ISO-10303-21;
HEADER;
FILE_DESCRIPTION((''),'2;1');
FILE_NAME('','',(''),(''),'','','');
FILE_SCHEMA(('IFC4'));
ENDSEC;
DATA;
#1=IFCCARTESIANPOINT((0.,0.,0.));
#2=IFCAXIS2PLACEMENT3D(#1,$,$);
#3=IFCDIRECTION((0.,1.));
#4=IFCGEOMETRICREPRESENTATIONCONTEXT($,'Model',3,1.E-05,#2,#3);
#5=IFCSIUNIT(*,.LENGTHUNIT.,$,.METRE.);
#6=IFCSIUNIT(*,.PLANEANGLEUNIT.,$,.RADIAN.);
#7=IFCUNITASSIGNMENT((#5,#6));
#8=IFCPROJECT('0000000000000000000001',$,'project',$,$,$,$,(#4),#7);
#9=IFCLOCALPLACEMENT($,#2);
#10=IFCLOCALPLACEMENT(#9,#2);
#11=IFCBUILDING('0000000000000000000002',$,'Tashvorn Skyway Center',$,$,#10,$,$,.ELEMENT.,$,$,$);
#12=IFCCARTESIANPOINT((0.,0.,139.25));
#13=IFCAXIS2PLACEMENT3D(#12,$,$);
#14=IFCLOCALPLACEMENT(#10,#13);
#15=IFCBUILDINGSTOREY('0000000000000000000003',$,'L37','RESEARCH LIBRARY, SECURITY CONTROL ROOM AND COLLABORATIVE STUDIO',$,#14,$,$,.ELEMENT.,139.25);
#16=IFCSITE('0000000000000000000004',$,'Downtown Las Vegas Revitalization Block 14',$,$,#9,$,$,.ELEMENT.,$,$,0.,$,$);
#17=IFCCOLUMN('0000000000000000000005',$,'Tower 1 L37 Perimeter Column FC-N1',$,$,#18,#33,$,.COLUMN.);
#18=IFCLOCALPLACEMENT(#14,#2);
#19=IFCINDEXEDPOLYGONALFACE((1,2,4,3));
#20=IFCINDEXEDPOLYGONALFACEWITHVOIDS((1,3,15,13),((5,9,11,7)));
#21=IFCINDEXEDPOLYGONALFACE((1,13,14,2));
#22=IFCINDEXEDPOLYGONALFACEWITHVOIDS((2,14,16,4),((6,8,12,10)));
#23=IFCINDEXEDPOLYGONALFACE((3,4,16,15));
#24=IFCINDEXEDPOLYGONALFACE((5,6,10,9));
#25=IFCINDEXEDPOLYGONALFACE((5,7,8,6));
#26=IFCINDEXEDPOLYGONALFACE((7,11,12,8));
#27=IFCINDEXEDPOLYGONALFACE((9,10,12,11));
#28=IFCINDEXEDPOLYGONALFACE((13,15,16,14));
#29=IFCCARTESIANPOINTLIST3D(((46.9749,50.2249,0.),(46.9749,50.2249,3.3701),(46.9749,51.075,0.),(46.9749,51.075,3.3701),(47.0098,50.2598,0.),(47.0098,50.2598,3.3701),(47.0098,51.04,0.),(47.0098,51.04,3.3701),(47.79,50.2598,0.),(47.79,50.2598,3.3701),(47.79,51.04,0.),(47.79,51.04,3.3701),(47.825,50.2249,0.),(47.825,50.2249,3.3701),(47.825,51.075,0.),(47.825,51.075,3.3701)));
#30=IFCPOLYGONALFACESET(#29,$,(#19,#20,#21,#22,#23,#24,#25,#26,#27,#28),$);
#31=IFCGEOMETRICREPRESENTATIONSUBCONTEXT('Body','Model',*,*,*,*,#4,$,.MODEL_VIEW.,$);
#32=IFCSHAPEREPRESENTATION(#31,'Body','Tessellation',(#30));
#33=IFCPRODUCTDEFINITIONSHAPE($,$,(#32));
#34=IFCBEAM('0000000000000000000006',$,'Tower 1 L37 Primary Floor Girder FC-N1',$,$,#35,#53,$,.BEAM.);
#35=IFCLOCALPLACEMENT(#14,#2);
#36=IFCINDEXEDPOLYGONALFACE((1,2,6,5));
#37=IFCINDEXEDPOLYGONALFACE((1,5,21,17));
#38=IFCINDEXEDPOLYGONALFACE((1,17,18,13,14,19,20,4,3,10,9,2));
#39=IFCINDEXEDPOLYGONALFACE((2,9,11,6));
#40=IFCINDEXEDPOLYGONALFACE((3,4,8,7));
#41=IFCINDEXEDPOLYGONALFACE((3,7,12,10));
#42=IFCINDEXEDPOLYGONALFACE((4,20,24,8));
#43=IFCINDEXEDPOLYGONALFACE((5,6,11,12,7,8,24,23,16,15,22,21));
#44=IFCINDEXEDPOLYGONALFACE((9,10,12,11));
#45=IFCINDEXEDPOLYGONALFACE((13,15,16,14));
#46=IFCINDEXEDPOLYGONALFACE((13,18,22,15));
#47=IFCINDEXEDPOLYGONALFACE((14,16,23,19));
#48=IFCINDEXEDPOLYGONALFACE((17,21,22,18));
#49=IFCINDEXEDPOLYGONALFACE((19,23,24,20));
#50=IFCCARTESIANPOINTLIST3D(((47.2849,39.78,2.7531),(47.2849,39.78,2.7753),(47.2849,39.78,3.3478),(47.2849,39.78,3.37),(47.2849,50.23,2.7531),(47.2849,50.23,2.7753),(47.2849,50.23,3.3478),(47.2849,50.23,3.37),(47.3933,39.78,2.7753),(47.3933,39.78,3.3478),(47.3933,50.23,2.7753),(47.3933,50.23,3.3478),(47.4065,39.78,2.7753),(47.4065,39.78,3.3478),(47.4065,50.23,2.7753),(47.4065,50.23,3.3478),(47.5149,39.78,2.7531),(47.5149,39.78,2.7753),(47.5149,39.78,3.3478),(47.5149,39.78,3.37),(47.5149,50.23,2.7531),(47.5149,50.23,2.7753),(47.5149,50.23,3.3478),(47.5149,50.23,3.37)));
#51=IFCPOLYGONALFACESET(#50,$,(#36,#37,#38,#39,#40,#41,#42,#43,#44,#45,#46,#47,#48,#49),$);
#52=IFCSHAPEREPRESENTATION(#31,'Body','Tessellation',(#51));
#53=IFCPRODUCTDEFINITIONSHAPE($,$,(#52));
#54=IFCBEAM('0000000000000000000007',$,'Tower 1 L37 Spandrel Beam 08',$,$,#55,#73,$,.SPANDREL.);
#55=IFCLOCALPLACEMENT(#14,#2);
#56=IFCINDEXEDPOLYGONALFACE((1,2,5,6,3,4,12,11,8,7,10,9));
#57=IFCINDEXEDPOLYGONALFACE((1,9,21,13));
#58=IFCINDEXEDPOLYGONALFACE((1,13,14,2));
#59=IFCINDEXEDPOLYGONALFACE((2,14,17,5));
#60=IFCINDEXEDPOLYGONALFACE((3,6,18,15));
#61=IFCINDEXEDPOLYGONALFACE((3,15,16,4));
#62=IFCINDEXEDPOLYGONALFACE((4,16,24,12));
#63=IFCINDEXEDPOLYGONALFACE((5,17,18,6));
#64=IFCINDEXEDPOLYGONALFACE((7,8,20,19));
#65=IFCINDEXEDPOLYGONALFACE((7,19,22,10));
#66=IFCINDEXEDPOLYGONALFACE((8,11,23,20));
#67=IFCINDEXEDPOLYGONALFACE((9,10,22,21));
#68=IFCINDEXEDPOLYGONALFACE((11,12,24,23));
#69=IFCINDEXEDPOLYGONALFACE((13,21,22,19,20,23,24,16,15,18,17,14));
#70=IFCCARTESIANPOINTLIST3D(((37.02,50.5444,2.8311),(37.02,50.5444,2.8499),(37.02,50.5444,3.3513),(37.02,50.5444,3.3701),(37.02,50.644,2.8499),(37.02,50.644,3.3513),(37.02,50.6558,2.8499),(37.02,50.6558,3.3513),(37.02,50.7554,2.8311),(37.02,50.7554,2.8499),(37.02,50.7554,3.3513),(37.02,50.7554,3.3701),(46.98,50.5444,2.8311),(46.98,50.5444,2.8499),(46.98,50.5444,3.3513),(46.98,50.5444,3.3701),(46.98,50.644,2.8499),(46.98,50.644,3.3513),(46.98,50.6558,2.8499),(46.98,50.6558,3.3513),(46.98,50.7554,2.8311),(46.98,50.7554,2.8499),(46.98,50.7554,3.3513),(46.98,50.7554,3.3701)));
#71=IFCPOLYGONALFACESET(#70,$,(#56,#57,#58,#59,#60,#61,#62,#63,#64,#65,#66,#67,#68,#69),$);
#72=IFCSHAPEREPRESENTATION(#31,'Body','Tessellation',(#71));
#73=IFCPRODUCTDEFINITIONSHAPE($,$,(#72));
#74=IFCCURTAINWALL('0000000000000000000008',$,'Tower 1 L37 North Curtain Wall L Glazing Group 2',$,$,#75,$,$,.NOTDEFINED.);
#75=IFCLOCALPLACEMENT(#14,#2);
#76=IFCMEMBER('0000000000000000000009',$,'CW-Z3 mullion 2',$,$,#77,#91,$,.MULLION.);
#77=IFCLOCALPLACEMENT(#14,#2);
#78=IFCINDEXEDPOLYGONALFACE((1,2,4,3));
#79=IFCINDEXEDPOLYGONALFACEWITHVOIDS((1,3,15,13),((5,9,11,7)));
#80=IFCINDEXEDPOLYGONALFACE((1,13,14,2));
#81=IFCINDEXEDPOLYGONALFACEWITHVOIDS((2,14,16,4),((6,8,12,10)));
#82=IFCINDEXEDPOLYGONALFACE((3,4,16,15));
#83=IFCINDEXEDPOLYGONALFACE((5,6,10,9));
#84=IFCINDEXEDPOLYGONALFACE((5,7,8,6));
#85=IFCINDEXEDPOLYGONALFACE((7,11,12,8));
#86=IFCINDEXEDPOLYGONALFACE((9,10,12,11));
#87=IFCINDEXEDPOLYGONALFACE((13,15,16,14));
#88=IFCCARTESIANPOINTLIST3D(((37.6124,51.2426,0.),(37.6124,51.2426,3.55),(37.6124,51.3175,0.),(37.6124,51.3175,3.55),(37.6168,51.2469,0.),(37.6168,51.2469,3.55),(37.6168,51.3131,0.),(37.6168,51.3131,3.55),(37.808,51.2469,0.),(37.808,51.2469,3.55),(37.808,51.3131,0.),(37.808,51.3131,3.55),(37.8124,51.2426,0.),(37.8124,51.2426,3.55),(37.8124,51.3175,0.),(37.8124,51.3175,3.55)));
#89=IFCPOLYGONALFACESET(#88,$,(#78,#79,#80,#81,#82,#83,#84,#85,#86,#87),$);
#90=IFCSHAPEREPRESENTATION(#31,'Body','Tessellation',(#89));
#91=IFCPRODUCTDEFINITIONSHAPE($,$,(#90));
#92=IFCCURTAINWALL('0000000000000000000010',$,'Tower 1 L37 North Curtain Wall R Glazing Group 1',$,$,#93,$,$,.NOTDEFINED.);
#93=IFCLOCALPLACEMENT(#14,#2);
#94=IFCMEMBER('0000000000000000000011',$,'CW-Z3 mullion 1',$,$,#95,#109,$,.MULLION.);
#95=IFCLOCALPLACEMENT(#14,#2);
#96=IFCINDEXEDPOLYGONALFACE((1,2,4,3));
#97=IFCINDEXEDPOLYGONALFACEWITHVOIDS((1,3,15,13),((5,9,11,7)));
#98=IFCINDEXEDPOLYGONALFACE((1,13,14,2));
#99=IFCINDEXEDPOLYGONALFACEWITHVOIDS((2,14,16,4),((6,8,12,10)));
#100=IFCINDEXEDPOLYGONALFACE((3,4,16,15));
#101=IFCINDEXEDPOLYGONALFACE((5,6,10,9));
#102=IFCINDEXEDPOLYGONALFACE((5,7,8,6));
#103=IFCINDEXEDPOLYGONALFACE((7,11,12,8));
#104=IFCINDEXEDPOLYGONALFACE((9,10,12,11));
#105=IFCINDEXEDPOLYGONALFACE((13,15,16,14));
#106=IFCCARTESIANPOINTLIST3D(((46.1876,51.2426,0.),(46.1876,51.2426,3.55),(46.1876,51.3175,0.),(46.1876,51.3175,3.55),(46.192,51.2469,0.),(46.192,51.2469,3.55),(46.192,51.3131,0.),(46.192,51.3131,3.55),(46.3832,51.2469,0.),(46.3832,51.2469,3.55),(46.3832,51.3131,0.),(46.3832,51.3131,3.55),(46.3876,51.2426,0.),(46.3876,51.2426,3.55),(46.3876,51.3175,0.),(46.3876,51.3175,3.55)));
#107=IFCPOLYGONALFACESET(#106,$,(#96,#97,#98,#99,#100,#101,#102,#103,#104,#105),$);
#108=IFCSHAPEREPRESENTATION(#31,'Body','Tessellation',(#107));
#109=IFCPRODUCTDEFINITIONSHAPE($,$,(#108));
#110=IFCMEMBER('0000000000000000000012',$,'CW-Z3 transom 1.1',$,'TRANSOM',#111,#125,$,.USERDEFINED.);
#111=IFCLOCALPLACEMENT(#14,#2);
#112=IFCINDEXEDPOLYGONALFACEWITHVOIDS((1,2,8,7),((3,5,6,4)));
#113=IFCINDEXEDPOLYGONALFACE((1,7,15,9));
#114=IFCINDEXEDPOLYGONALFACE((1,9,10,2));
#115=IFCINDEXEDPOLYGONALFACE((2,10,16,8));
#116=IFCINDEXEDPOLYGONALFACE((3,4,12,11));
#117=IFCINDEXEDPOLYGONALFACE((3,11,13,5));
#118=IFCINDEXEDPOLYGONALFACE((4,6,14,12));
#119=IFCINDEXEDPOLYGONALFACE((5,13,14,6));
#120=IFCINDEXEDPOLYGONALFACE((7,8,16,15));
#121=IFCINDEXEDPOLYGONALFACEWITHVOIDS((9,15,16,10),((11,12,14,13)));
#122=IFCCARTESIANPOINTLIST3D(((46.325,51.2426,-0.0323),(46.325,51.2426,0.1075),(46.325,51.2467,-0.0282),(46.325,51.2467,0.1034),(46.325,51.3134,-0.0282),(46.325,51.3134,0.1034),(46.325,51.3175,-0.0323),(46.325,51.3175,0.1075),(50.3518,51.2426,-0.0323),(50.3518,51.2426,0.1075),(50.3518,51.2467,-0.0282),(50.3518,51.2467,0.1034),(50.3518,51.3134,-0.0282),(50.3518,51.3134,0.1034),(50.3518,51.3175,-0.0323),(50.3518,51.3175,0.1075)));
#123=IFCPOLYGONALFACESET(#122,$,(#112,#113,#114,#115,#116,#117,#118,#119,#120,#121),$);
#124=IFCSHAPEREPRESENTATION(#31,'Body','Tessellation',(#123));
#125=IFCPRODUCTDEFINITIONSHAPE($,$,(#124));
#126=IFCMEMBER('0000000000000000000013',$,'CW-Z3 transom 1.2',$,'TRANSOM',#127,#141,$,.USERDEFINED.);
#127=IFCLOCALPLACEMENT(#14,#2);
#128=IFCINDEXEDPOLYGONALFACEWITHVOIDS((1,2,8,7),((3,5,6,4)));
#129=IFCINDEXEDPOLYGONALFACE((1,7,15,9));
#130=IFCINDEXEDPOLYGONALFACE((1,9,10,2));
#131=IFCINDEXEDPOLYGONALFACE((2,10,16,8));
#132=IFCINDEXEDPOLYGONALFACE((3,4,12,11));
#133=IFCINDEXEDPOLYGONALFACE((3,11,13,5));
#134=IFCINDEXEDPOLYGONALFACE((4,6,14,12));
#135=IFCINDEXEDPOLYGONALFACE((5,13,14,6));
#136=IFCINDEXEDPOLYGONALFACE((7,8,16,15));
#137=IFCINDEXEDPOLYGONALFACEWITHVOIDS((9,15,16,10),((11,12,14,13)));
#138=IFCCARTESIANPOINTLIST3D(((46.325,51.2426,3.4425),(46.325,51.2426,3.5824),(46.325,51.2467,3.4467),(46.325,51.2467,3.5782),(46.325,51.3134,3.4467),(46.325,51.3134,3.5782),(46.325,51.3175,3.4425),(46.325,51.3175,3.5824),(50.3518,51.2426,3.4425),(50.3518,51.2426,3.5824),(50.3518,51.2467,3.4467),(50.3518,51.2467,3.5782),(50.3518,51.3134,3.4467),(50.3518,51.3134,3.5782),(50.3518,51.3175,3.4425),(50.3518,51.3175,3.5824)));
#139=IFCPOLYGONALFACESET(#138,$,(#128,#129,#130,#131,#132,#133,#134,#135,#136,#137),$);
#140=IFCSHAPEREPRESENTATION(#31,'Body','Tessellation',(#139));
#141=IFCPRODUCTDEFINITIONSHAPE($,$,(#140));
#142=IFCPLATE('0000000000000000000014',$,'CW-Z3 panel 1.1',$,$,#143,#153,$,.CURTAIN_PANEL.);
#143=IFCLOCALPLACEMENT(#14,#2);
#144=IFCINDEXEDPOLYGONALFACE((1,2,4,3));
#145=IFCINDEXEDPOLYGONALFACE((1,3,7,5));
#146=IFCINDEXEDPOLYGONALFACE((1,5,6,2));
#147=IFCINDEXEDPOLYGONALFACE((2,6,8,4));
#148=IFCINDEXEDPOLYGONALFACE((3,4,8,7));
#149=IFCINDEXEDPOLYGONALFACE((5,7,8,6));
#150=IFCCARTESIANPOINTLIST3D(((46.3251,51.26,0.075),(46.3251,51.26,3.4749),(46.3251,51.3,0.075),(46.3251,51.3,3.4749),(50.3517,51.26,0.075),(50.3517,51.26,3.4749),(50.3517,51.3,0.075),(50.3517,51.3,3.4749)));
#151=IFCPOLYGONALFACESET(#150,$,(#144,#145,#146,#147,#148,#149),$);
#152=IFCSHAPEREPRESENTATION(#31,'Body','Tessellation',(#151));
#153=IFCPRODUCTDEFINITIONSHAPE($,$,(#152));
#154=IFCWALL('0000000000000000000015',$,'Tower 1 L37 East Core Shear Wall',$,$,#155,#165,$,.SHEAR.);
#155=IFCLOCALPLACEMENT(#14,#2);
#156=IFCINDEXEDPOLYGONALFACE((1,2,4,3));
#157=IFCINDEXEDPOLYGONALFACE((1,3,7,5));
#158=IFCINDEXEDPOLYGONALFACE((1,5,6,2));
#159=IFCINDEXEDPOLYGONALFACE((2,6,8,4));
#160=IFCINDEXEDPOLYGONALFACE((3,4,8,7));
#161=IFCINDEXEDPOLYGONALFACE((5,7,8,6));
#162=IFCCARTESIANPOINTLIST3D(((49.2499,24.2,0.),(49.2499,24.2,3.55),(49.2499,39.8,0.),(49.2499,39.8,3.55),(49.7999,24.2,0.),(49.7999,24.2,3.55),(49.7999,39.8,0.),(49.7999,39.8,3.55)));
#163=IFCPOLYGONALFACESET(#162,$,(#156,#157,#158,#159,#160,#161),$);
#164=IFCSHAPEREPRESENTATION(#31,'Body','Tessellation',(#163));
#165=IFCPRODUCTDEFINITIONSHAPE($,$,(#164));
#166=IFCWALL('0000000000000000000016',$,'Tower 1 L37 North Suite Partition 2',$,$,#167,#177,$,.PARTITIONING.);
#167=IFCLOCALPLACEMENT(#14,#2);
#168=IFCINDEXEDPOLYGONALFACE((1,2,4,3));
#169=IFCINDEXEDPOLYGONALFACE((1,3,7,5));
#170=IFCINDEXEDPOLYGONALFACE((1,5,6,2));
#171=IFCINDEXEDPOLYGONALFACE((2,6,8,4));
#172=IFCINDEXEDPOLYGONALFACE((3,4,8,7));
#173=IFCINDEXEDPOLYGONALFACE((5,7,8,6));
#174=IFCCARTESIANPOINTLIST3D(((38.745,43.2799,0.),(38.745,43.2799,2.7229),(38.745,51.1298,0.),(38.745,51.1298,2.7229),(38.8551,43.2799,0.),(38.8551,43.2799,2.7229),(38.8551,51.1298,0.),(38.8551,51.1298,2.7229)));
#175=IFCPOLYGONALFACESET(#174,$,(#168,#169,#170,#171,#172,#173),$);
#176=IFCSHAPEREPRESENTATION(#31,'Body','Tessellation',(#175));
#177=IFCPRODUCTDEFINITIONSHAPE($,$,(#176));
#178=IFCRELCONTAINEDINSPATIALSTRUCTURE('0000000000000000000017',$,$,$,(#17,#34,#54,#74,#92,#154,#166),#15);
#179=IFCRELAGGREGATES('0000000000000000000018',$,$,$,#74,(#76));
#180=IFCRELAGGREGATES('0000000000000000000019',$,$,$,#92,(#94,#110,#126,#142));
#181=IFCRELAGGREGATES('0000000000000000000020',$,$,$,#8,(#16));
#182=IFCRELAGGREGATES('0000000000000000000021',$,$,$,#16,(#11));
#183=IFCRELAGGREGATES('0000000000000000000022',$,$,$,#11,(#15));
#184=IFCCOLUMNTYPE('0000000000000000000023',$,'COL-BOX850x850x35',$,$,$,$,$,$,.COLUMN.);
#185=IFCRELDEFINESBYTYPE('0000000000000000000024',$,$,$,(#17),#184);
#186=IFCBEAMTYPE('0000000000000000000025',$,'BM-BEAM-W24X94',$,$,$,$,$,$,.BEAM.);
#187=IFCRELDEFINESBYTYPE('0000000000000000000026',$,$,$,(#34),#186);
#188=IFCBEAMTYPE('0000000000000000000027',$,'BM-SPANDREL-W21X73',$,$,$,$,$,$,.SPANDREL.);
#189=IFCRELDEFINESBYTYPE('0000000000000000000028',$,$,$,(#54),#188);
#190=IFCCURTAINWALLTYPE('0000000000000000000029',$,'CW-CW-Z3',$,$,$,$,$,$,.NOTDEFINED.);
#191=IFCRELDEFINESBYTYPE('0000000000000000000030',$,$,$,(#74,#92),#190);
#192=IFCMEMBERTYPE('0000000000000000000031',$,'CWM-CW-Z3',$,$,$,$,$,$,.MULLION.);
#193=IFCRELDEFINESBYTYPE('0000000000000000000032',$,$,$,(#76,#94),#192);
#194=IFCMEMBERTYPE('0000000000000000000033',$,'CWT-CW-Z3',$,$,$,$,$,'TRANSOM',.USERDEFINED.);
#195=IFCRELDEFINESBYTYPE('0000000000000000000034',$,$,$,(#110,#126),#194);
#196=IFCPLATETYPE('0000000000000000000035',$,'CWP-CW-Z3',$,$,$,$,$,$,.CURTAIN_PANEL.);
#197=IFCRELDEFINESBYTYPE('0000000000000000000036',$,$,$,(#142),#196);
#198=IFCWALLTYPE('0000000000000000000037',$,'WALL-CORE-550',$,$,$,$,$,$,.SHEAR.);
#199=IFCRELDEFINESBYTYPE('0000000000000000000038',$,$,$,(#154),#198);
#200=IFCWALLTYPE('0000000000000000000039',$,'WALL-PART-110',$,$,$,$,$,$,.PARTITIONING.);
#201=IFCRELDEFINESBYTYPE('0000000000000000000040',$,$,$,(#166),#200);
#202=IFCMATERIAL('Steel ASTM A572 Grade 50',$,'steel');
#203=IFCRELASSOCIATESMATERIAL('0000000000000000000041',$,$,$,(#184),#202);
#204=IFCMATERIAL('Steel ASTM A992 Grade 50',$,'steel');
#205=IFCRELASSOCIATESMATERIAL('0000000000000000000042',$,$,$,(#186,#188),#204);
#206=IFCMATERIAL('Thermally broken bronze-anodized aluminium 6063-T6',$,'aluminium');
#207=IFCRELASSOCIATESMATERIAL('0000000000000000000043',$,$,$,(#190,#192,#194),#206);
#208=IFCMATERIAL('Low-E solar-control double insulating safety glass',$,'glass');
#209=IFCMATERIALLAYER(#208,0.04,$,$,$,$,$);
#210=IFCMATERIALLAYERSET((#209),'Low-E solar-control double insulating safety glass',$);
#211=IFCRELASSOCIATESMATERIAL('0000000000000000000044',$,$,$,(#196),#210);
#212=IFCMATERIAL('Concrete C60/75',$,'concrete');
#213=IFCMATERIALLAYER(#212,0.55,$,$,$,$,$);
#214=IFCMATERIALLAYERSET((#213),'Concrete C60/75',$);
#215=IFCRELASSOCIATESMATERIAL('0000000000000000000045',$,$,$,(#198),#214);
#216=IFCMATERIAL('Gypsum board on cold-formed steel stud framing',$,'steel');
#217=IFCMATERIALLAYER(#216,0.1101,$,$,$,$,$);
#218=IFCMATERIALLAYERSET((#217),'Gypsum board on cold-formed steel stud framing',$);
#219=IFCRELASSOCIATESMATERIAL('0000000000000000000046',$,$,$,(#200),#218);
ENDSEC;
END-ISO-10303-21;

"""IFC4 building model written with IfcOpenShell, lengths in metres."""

from ifc_helpers import new_model, si_unit, direction, frame, frame_2d, origin, origin_2d, place, context, subcontext, project, spatial, rectangle, hollow_rectangle, i_section, extrude, material, layer, layer_set, material_profile, profile_set, type_object, element, aggregate, save


model = new_model("IFC4")

# Units and contexts
model_context = context("Model", 3, precision=1e-05, world=origin(), true_north=direction((0.0, 1.0)))
body_context = subcontext(model_context, "Body", "Model", "MODEL_VIEW")
ifc_project = project(units=[si_unit("LENGTHUNIT", "METRE"), si_unit("PLANEANGLEUNIT", "RADIAN")], contexts=[model_context])

# Site, building, storey
site_placement = place(None, origin())
site = spatial("IfcSite", under=ifc_project, at=site_placement, Name="Downtown Las Vegas Revitalization Block 14", CompositionType="ELEMENT", RefElevation=0.0)
building_placement = place(site_placement, origin())
building = spatial("IfcBuilding", under=site, at=building_placement, Name="Tashvorn Skyway Center", CompositionType="ELEMENT")
storey_placement = place(building_placement, frame((0.0, 0.0, 139.25)))
storey = spatial("IfcBuildingStorey", under=building, at=storey_placement, Name="L37", Description="RESEARCH LIBRARY, SECURITY CONTROL ROOM AND COLLABORATIVE STUDIO", CompositionType="ELEMENT", Elevation=139.25)

# Column
ifc_material_1 = material(Name="Steel ASTM A572 Grade 50", Category="steel")
ifc_material_profile_1 = material_profile(ifc_material_1, hollow_rectangle(XDim=0.8501, YDim=0.8501, WallThickness=0.0349, at=origin_2d()), Name="BOX850x850x35")
ifc_profile_set_1 = profile_set([ifc_material_profile_1], Name="Steel ASTM A572 Grade 50")
column_type = type_object("IfcColumnType", Name="COL-BOX850x850x35", PredefinedType="COLUMN", material=ifc_profile_set_1)
column_placement = place(storey_placement, frame((47.3999, 50.6499, 0.0), z_axis=(0.0, 0.0, 1.0), x_axis=(1.0, 0.0, 0.0)))
element("IfcColumn", 1, at=column_placement, inside=storey, type_object=column_type, Name="Tower 1 L37 Perimeter Column FC-N1", PredefinedType="COLUMN", context=body_context, shape_type="SweptSolid", body=[
    extrude(hollow_rectangle(XDim=0.8501, YDim=0.8501, WallThickness=0.0349, at=origin_2d()), origin(), (0.0, 0.0, 1.0), 3.3701),
])

# Beams
ifc_material_2 = material(Name="Steel ASTM A992 Grade 50", Category="steel")
ifc_material_profile_2 = material_profile(ifc_material_2, i_section(OverallWidth=0.23, OverallDepth=0.6169, WebThickness=0.0132, FlangeThickness=0.0222, at=origin_2d()), Name="W24X94")
ifc_profile_set_2 = profile_set([ifc_material_profile_2], Name="Steel ASTM A992 Grade 50")
beam_type_1 = type_object("IfcBeamType", Name="BM-BEAM-W24X94", PredefinedType="BEAM", material=ifc_profile_set_2)
beam_1_placement = place(storey_placement, frame((47.3999, 50.23, 3.0615), z_axis=(0.0, -1.0, 0.0), x_axis=(1.0, 0.0, 0.0)))
element("IfcBeam", 2, at=beam_1_placement, inside=storey, type_object=beam_type_1, Name="Tower 1 L37 Primary Floor Girder FC-N1", PredefinedType="BEAM", context=body_context, shape_type="SweptSolid", body=[
    extrude(i_section(OverallWidth=0.23, OverallDepth=0.6169, WebThickness=0.0132, FlangeThickness=0.0222, at=origin_2d()), origin(), (0.0, 0.0, 1.0), 10.45),
])
ifc_material_profile_3 = material_profile(ifc_material_2, i_section(OverallWidth=0.2109, OverallDepth=0.5391, WebThickness=0.0117, FlangeThickness=0.0188, at=origin_2d()), Name="W21X73")
ifc_profile_set_3 = profile_set([ifc_material_profile_3], Name="Steel ASTM A992 Grade 50")
beam_type_2 = type_object("IfcBeamType", Name="BM-SPANDREL-W21X73", PredefinedType="SPANDREL", material=ifc_profile_set_3)
beam_2_placement = place(storey_placement, frame((46.98, 50.6499, 3.1006), z_axis=(-1.0, 0.0, 0.0), x_axis=(0.0, -1.0, 0.0)))
element("IfcBeam", 3, at=beam_2_placement, inside=storey, type_object=beam_type_2, Name="Tower 1 L37 Spandrel Beam 08", PredefinedType="SPANDREL", context=body_context, shape_type="SweptSolid", body=[
    extrude(i_section(OverallWidth=0.2109, OverallDepth=0.5391, WebThickness=0.0117, FlangeThickness=0.0188, at=origin_2d()), origin(), (0.0, 0.0, 1.0), 9.96),
])

# Curtain wall, member
ifc_material_3 = material(Name="Thermally broken bronze-anodized aluminium 6063-T6", Category="aluminium")
curtain_wall_type = type_object("IfcCurtainWallType", Name="CW-CW-Z3", PredefinedType="NOTDEFINED", material=ifc_material_3)
curtain_wall_1_placement = place(storey_placement, origin())
curtain_wall_1 = element("IfcCurtainWall", 4, at=curtain_wall_1_placement, inside=storey, type_object=curtain_wall_type, Name="Tower 1 L37 North Curtain Wall L Glazing Group 2", PredefinedType="NOTDEFINED")
ifc_material_profile_4 = material_profile(ifc_material_3, hollow_rectangle(XDim=0.075, YDim=0.2, WallThickness=0.0044, at=origin_2d()), Name="ALU-MULL-75x200")
ifc_profile_set_4 = profile_set([ifc_material_profile_4], Name="Thermally broken bronze-anodized aluminium 6063-T6")
member_type_1 = type_object("IfcMemberType", Name="CWM-CW-Z3", PredefinedType="MULLION", material=ifc_profile_set_4)
member_1_placement = place(storey_placement, frame((37.7124, 51.28, 0.0), z_axis=(0.0, 0.0, 1.0), x_axis=(0.0, 1.0, 0.0)))
member_1 = element("IfcMember", 5, at=member_1_placement, type_object=member_type_1, Name="CW-Z3 mullion 2", PredefinedType="MULLION", context=body_context, shape_type="SweptSolid", body=[
    extrude(hollow_rectangle(XDim=0.075, YDim=0.2, WallThickness=0.0044, at=origin_2d()), origin(), (0.0, 0.0, 1.0), 3.55),
])
aggregate(curtain_wall_1, [member_1])

# Curtain wall, members, plate
curtain_wall_2_placement = place(storey_placement, origin())
curtain_wall_2 = element("IfcCurtainWall", 6, at=curtain_wall_2_placement, inside=storey, type_object=curtain_wall_type, Name="Tower 1 L37 North Curtain Wall R Glazing Group 1", PredefinedType="NOTDEFINED")
member_2_placement = place(storey_placement, frame((46.2876, 51.28, 0.0), z_axis=(0.0, 0.0, 1.0), x_axis=(0.0, 1.0, 0.0)))
member_2 = element("IfcMember", 7, at=member_2_placement, type_object=member_type_1, Name="CW-Z3 mullion 1", PredefinedType="MULLION", context=body_context, shape_type="SweptSolid", body=[
    extrude(hollow_rectangle(XDim=0.075, YDim=0.2, WallThickness=0.0044, at=origin_2d()), origin(), (0.0, 0.0, 1.0), 3.55),
])
ifc_material_profile_5 = material_profile(ifc_material_3, hollow_rectangle(XDim=0.075, YDim=0.1399, WallThickness=0.0042, at=origin_2d()), Name="ALU-TRAN-75x140")
ifc_profile_set_5 = profile_set([ifc_material_profile_5], Name="Thermally broken bronze-anodized aluminium 6063-T6")
member_type_2 = type_object("IfcMemberType", Name="CWT-CW-Z3", ElementType="TRANSOM", PredefinedType="USERDEFINED", material=ifc_profile_set_5)
member_3_placement = place(storey_placement, frame((46.325, 51.28, 0.0376), z_axis=(1.0, 0.0, 0.0), x_axis=(0.0, 1.0, 0.0)))
member_3 = element("IfcMember", 8, at=member_3_placement, type_object=member_type_2, Name="CW-Z3 transom 1.1", ObjectType="TRANSOM", PredefinedType="USERDEFINED", context=body_context, shape_type="SweptSolid", body=[
    extrude(hollow_rectangle(XDim=0.075, YDim=0.1399, WallThickness=0.0042, at=origin_2d()), origin(), (0.0, 0.0, 1.0), 4.0269),
])
member_4_placement = place(storey_placement, frame((46.325, 51.28, 3.5125), z_axis=(1.0, 0.0, 0.0), x_axis=(0.0, 1.0, 0.0)))
member_4 = element("IfcMember", 9, at=member_4_placement, type_object=member_type_2, Name="CW-Z3 transom 1.2", ObjectType="TRANSOM", PredefinedType="USERDEFINED", context=body_context, shape_type="SweptSolid", body=[
    extrude(hollow_rectangle(XDim=0.075, YDim=0.1399, WallThickness=0.0042, at=origin_2d()), origin(), (0.0, 0.0, 1.0), 4.0269),
])
ifc_material_4 = material(Name="Low-E solar-control double insulating safety glass", Category="glass")
ifc_layer_1 = layer(ifc_material_4, 0.04)
ifc_layer_set_1 = layer_set([ifc_layer_1], Name="Low-E solar-control double insulating safety glass")
plate_type = type_object("IfcPlateType", Name="CWP-CW-Z3", PredefinedType="CURTAIN_PANEL", material=ifc_layer_set_1)
plate_placement = place(storey_placement, frame((48.3384, 51.28, 0.075), z_axis=(0.0, 0.0, 1.0), x_axis=(1.0, 0.0, 0.0)))
plate = element("IfcPlate", 10, at=plate_placement, type_object=plate_type, Name="CW-Z3 panel 1.1", PredefinedType="CURTAIN_PANEL", context=body_context, shape_type="SweptSolid", body=[
    extrude(rectangle(XDim=4.0266, YDim=0.04, at=origin_2d()), origin(), (0.0, 0.0, 1.0), 3.3999),
])
aggregate(curtain_wall_2, [member_2, member_3, member_4, plate])

# Wall
ifc_material_5 = material(Name="Concrete C60/75", Category="concrete")
ifc_layer_2 = layer(ifc_material_5, 0.55)
ifc_layer_set_2 = layer_set([ifc_layer_2], Name="Concrete C60/75")
wall_type_1 = type_object("IfcWallType", Name="WALL-CORE-550", PredefinedType="SHEAR", material=ifc_layer_set_2)
wall_1_placement = place(storey_placement, frame((49.5249, 39.8, 0.0), z_axis=(0.0, 0.0, 1.0), x_axis=(0.0, -1.0, 0.0)))
element("IfcWall", 11, at=wall_1_placement, inside=storey, type_object=wall_type_1, Name="Tower 1 L37 East Core Shear Wall", PredefinedType="SHEAR", context=body_context, shape_type="SweptSolid", body=[
    extrude(rectangle(XDim=15.6001, YDim=0.55, at=frame_2d((7.8, 0.0))), origin(), (0.0, 0.0, 1.0), 3.55),
])

# Wall
ifc_material_6 = material(Name="Gypsum board on cold-formed steel stud framing", Category="steel")
ifc_layer_3 = layer(ifc_material_6, 0.1101)
ifc_layer_set_3 = layer_set([ifc_layer_3], Name="Gypsum board on cold-formed steel stud framing")
wall_type_2 = type_object("IfcWallType", Name="WALL-PART-110", PredefinedType="PARTITIONING", material=ifc_layer_set_3)
for number, where, z_axis, x_axis, name in (
    (12, (38.8, 43.28, 0.0), (0.0, 0.0, 1.0), (0.0, 1.0, 0.0), "Tower 1 L37 North Suite Partition 2"),
):
    element("IfcWall", number, at=place(storey_placement, frame(where, z_axis=z_axis, x_axis=x_axis)), inside=storey, type_object=wall_type_2, Name=name, PredefinedType="PARTITIONING", context=body_context, shape_type="SweptSolid", body=[
        extrude(rectangle(XDim=7.8499, YDim=0.1101, at=frame_2d((3.9248, 0.0))), origin(), (0.0, 0.0, 1.0), 2.7229),
    ])

save(model, "model.ifc")
